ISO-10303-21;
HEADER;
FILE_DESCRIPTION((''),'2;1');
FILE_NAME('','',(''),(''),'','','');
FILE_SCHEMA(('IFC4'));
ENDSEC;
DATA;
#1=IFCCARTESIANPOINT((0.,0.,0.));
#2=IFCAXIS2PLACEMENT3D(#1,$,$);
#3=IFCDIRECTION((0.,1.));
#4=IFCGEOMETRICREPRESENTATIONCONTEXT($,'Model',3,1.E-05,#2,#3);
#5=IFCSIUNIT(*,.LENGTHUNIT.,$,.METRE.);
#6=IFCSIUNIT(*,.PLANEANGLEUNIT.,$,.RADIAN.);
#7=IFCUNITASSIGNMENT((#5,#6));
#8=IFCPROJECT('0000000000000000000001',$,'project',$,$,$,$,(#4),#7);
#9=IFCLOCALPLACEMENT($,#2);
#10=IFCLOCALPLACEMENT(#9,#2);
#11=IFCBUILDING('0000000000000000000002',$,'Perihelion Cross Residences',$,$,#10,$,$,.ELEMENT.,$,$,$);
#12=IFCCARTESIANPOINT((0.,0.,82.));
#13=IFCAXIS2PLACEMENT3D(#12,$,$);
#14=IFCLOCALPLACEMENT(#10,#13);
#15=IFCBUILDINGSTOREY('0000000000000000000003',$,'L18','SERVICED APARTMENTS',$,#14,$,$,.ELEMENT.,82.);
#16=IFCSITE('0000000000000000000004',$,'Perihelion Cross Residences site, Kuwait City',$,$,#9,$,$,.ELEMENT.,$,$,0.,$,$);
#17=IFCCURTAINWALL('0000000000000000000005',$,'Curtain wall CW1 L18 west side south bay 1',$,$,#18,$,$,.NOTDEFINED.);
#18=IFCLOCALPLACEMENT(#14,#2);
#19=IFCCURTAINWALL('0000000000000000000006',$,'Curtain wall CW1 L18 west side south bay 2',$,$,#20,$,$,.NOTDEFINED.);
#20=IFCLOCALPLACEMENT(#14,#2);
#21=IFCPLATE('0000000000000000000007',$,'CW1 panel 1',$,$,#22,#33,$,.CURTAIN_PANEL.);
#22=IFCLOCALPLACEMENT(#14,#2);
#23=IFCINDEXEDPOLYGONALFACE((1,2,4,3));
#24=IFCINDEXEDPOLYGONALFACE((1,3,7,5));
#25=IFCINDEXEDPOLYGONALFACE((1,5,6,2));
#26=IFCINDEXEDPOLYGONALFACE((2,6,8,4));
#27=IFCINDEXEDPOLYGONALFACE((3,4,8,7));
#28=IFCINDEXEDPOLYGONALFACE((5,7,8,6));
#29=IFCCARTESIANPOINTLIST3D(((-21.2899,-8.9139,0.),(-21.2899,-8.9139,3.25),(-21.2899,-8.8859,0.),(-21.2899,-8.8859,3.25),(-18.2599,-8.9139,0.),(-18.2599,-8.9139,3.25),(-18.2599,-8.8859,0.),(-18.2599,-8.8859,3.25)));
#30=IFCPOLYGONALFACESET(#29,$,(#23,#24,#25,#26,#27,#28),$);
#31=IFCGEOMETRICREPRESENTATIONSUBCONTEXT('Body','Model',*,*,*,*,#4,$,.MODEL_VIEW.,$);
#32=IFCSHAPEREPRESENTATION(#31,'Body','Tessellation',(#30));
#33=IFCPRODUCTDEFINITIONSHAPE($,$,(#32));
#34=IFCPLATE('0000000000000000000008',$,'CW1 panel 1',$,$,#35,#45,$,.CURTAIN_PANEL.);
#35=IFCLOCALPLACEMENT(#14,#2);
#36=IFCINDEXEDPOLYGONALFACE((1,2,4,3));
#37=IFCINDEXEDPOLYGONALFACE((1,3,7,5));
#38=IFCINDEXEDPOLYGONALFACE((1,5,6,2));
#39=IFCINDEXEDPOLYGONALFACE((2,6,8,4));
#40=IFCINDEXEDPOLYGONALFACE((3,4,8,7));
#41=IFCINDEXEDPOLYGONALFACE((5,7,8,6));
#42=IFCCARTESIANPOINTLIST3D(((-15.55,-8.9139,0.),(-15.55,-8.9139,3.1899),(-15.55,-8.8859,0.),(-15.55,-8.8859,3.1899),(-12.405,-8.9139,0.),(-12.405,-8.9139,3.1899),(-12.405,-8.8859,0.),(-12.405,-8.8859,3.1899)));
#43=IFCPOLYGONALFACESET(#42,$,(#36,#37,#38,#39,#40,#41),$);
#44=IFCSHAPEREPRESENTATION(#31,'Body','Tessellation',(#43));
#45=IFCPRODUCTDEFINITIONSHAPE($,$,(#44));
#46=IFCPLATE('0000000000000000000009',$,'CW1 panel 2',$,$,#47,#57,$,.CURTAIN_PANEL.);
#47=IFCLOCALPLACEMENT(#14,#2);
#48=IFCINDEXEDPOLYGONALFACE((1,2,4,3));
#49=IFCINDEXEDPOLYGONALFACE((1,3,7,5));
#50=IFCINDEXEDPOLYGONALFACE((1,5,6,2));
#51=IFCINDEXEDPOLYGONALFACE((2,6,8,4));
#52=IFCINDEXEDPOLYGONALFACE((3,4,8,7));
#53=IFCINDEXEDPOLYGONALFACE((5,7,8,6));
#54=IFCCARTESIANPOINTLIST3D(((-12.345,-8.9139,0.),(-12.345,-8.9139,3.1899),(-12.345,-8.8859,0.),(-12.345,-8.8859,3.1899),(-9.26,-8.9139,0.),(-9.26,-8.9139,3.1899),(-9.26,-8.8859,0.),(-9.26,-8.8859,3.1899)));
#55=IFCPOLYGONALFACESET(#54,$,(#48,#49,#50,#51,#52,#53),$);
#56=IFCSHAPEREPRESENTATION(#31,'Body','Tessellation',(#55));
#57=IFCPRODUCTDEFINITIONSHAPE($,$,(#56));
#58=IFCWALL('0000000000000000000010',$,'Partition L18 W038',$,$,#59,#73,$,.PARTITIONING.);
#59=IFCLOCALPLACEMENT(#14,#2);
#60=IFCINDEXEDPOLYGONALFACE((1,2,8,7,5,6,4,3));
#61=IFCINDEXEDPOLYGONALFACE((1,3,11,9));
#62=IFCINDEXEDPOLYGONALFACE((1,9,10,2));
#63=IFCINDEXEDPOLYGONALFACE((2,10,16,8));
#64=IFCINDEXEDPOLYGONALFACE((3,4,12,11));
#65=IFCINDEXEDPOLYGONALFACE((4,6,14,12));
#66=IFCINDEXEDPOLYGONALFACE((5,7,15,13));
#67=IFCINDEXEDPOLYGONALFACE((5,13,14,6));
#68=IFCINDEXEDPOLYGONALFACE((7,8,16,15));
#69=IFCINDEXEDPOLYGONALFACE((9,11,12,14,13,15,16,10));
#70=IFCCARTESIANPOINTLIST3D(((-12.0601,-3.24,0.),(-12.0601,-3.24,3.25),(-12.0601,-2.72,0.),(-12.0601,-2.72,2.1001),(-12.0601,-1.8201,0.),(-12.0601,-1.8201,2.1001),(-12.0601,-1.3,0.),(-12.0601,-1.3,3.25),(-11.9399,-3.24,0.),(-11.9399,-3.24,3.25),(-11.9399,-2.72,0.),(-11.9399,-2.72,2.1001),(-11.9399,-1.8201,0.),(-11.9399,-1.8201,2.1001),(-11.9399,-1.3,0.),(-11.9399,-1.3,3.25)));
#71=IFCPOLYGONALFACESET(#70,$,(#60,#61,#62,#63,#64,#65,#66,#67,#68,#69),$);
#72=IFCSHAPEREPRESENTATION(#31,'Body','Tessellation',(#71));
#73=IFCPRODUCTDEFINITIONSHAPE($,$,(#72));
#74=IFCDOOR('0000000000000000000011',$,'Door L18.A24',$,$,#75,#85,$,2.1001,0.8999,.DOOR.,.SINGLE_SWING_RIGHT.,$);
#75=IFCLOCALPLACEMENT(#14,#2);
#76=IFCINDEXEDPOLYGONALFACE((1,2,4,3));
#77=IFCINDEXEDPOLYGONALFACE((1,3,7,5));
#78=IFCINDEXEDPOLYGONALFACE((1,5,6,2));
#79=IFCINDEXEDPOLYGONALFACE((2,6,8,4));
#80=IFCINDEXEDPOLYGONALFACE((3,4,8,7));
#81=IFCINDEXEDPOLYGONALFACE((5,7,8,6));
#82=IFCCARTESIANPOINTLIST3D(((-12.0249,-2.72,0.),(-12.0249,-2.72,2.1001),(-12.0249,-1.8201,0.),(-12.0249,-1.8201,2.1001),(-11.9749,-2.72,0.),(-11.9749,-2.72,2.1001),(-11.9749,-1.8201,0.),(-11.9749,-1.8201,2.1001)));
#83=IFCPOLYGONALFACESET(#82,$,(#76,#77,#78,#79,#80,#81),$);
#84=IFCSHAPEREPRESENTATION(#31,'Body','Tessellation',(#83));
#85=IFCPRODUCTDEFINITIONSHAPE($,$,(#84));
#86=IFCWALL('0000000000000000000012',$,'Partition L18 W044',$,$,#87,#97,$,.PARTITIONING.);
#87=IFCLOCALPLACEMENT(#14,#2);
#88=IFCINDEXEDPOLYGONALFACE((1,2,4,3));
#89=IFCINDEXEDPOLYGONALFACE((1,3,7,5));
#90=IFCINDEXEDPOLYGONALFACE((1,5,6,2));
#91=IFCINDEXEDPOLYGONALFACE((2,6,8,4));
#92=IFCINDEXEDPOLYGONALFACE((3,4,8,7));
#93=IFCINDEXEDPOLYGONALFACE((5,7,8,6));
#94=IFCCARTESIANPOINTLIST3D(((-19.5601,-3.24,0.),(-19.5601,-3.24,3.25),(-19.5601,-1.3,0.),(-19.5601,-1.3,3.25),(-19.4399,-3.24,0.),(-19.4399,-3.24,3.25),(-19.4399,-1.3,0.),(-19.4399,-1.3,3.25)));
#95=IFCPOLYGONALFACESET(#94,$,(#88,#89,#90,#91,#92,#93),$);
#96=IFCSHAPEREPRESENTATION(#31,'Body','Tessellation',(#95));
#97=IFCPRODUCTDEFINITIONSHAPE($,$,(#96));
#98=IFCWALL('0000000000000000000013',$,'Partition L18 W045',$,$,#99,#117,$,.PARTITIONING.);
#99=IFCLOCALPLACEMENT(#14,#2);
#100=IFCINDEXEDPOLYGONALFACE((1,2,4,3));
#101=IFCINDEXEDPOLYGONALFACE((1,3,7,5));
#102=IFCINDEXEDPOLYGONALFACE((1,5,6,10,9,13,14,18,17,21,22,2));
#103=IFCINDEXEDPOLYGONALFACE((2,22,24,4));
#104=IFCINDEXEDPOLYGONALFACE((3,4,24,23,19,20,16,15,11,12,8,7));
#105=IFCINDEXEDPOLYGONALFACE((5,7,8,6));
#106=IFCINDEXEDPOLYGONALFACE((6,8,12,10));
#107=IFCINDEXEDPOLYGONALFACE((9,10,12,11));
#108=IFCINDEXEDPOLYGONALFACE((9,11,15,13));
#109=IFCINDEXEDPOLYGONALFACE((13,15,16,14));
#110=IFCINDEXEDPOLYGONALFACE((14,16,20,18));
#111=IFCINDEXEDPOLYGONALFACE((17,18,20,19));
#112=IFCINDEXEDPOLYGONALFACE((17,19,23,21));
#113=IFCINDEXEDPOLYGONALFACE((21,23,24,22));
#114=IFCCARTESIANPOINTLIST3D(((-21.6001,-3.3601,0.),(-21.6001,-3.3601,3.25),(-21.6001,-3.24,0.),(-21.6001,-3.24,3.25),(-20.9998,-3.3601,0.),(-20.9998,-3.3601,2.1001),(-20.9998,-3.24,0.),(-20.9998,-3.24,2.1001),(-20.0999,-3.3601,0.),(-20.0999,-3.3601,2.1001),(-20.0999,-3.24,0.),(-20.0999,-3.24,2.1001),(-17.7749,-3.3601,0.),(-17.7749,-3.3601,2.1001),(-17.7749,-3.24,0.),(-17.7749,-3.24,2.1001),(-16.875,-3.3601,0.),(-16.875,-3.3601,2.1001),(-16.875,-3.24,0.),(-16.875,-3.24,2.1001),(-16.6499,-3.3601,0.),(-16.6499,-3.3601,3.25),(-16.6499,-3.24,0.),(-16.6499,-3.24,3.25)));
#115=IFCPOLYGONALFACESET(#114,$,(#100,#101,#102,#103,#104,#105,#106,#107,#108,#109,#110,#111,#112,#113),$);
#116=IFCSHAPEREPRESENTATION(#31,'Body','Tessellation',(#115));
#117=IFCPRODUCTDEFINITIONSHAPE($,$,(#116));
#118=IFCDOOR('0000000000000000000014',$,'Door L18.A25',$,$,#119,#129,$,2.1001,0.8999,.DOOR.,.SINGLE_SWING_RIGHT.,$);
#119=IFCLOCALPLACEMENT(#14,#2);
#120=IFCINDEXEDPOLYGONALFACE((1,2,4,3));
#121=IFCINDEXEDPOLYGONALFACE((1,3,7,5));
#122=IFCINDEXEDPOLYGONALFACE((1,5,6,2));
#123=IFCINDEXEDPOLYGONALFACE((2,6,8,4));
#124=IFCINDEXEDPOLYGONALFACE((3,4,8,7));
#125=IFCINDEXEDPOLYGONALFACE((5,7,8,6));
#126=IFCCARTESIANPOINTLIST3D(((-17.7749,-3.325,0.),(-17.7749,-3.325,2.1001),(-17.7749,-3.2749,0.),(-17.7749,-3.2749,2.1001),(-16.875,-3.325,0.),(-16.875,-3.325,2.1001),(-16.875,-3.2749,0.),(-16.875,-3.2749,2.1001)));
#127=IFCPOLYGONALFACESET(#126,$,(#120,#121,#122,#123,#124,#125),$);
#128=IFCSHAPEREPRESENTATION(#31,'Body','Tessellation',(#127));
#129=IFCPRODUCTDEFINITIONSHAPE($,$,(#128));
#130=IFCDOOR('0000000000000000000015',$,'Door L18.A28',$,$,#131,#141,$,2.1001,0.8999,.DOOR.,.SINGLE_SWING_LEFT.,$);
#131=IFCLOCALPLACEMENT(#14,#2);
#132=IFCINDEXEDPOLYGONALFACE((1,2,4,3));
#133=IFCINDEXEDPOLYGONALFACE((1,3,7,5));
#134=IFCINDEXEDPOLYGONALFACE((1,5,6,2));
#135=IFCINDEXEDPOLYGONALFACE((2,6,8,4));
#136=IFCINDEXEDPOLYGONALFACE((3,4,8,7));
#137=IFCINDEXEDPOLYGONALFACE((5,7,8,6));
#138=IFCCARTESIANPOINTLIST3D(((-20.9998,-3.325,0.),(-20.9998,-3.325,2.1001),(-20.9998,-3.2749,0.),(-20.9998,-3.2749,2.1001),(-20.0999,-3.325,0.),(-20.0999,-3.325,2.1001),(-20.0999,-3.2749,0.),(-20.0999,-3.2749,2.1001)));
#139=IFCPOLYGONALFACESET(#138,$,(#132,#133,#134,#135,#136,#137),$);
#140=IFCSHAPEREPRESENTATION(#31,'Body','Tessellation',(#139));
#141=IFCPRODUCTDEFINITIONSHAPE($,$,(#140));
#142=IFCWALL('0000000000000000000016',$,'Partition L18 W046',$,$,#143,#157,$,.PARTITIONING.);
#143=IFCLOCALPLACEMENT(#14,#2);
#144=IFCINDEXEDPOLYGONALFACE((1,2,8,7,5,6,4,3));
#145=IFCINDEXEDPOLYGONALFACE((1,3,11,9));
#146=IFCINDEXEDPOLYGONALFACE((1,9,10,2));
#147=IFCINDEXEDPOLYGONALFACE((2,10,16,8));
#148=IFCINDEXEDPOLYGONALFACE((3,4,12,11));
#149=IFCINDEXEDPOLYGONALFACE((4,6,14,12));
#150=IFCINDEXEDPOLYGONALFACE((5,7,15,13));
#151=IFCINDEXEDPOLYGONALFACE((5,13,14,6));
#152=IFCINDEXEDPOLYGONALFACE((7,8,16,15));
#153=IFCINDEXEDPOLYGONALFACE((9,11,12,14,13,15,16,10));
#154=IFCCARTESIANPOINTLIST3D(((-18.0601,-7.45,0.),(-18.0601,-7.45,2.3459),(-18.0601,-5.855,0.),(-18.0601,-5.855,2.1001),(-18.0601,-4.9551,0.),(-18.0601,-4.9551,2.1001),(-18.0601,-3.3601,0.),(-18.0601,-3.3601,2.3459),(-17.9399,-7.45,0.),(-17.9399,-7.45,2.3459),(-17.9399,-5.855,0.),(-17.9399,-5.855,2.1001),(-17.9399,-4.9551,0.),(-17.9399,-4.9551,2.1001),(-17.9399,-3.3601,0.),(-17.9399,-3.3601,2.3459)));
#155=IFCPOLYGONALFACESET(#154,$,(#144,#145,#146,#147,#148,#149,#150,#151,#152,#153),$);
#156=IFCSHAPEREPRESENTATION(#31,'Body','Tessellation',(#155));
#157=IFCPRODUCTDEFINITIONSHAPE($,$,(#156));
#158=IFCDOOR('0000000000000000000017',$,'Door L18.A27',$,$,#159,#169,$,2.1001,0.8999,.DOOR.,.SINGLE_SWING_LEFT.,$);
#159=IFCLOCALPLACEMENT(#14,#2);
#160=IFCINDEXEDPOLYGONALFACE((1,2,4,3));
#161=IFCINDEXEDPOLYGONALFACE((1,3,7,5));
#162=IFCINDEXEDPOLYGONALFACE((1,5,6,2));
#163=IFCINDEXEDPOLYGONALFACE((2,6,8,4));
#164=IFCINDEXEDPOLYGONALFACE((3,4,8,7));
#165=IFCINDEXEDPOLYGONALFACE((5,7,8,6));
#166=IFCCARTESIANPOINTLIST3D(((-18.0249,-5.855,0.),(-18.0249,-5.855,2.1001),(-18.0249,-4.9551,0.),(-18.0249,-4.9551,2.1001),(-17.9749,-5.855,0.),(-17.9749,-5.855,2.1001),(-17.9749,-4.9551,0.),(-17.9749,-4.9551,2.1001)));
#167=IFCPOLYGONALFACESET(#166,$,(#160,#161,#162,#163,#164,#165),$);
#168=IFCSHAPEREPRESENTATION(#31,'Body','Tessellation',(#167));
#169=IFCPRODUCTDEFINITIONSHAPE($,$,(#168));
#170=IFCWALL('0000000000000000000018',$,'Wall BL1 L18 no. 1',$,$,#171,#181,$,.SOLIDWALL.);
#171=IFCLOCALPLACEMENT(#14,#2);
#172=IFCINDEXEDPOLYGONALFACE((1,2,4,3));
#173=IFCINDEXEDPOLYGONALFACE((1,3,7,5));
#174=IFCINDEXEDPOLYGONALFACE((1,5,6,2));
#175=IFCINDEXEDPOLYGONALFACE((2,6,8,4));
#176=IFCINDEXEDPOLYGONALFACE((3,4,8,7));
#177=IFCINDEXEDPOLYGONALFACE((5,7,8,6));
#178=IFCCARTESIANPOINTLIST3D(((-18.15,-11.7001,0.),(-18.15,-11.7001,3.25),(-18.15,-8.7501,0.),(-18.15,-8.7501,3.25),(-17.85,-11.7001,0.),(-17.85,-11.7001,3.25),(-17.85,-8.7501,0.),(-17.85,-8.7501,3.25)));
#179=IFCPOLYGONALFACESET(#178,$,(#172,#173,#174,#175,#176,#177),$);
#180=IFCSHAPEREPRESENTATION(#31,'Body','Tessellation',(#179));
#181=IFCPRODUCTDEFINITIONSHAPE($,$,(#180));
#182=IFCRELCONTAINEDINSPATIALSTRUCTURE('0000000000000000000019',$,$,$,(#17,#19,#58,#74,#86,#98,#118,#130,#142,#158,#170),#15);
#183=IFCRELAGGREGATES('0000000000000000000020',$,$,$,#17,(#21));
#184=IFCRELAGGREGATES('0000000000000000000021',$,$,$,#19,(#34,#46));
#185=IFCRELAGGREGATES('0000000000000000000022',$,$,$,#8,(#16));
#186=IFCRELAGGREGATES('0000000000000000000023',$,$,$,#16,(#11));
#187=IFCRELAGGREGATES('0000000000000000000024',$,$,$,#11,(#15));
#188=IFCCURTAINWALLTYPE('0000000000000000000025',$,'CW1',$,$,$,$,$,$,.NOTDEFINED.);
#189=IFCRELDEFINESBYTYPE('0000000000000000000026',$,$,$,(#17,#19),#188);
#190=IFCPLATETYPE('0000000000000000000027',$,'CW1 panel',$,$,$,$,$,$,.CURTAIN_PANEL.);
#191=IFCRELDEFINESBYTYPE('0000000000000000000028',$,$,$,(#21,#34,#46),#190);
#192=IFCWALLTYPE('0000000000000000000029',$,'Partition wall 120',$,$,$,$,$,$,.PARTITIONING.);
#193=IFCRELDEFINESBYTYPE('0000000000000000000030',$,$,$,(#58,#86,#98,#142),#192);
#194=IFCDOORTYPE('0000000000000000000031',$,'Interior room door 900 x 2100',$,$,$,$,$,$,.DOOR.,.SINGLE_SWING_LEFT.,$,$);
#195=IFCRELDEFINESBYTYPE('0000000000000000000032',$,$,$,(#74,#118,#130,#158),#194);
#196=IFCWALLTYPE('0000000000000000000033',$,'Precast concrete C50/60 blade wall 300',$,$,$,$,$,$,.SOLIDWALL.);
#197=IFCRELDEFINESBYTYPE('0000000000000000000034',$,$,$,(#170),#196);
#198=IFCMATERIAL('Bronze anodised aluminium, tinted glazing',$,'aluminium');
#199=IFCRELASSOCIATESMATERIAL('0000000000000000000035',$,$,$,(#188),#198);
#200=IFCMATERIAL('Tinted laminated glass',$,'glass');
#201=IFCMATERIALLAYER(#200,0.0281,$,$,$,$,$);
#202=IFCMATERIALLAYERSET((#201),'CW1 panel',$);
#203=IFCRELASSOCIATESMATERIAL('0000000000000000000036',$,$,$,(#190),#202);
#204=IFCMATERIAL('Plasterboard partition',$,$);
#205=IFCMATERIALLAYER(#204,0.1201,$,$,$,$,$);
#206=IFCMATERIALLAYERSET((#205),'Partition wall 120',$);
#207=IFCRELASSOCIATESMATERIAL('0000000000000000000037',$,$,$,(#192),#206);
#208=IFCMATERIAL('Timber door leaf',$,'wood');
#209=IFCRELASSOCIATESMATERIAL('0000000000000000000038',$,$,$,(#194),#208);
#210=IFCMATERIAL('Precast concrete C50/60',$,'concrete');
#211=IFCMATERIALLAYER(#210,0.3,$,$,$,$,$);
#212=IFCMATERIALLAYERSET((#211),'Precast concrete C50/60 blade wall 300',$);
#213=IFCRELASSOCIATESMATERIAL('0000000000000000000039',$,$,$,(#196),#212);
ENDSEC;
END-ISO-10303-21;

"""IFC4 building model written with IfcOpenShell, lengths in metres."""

from ifc_helpers import new_model, si_unit, direction, frame, frame_2d, origin, origin_2d, place, context, subcontext, project, spatial, rectangle, extrude, material, layer, layer_set, type_object, element, fill, aggregate, save


model = new_model("IFC4")

# Units and contexts
model_context = context("Model", 3, precision=1e-05, world=origin(), true_north=direction((0.0, 1.0)))
body_context = subcontext(model_context, "Body", "Model", "MODEL_VIEW")
ifc_project = project(units=[si_unit("LENGTHUNIT", "METRE"), si_unit("PLANEANGLEUNIT", "RADIAN")], contexts=[model_context])

# Site, building, storey
site_placement = place(None, origin())
site = spatial("IfcSite", under=ifc_project, at=site_placement, Name="Perihelion Cross Residences site, Kuwait City", CompositionType="ELEMENT", RefElevation=0.0)
building_placement = place(site_placement, origin())
building = spatial("IfcBuilding", under=site, at=building_placement, Name="Perihelion Cross Residences", CompositionType="ELEMENT")
storey_placement = place(building_placement, frame((0.0, 0.0, 82.0)))
storey = spatial("IfcBuildingStorey", under=building, at=storey_placement, Name="L18", Description="SERVICED APARTMENTS", CompositionType="ELEMENT", Elevation=82.0)

# Curtain wall
ifc_material_1 = material(Name="Bronze anodised aluminium, tinted glazing", Category="aluminium")
curtain_wall_type = type_object("IfcCurtainWallType", Name="CW1", PredefinedType="NOTDEFINED", material=ifc_material_1)
curtain_wall_1_placement = place(storey_placement, origin())
curtain_wall_1 = element("IfcCurtainWall", 1, at=curtain_wall_1_placement, inside=storey, type_object=curtain_wall_type, Name="Curtain wall CW1 L18 west side south bay 1", PredefinedType="NOTDEFINED")

# Curtain wall
curtain_wall_2_placement = place(storey_placement, origin())
curtain_wall_2 = element("IfcCurtainWall", 2, at=curtain_wall_2_placement, inside=storey, type_object=curtain_wall_type, Name="Curtain wall CW1 L18 west side south bay 2", PredefinedType="NOTDEFINED")

# Plates
ifc_material_2 = material(Name="Tinted laminated glass", Category="glass")
ifc_layer_1 = layer(ifc_material_2, 0.0281)
ifc_layer_set_1 = layer_set([ifc_layer_1], Name="CW1 panel")
plate_type = type_object("IfcPlateType", Name="CW1 panel", PredefinedType="CURTAIN_PANEL", material=ifc_layer_set_1)
plate_1_placement = place(storey_placement, frame((-19.7749, -8.8999, 0.0), z_axis=(0.0, 0.0, 1.0), x_axis=(1.0, 0.0, 0.0)))
plate_1 = element("IfcPlate", 3, at=plate_1_placement, type_object=plate_type, Name="CW1 panel 1", PredefinedType="CURTAIN_PANEL", context=body_context, shape_type="SweptSolid", body=[
    extrude(rectangle(XDim=3.03, YDim=0.0281, at=origin_2d()), origin(), (0.0, 0.0, 1.0), 3.25),
])
aggregate(curtain_wall_1, [plate_1])
plate_2_placement = place(storey_placement, frame((-13.9775, -8.8999, 0.0), z_axis=(0.0, 0.0, 1.0), x_axis=(1.0, 0.0, 0.0)))
plate_2 = element("IfcPlate", 4, at=plate_2_placement, type_object=plate_type, Name="CW1 panel 1", PredefinedType="CURTAIN_PANEL", context=body_context, shape_type="SweptSolid", body=[
    extrude(rectangle(XDim=3.145, YDim=0.0281, at=origin_2d()), origin(), (0.0, 0.0, 1.0), 3.1899),
])
plate_3_placement = place(storey_placement, frame((-10.8025, -8.8999, 0.0), z_axis=(0.0, 0.0, 1.0), x_axis=(1.0, 0.0, 0.0)))
plate_3 = element("IfcPlate", 5, at=plate_3_placement, type_object=plate_type, Name="CW1 panel 2", PredefinedType="CURTAIN_PANEL", context=body_context, shape_type="SweptSolid", body=[
    extrude(rectangle(XDim=3.085, YDim=0.0281, at=origin_2d()), origin(), (0.0, 0.0, 1.0), 3.1899),
])
aggregate(curtain_wall_2, [plate_2, plate_3])

# Wall, opening, door
ifc_material_3 = material(Name="Plasterboard partition")
ifc_layer_2 = layer(ifc_material_3, 0.1201)
ifc_layer_set_2 = layer_set([ifc_layer_2], Name="Partition wall 120")
wall_type_1 = type_object("IfcWallType", Name="Partition wall 120", PredefinedType="PARTITIONING", material=ifc_layer_set_2)
wall_1_placement = place(storey_placement, frame((-12.0, -3.24, 0.0), z_axis=(0.0, 0.0, 1.0), x_axis=(0.0, 1.0, 0.0)))
wall_1 = element("IfcWall", 6, at=wall_1_placement, inside=storey, type_object=wall_type_1, Name="Partition L18 W038", PredefinedType="PARTITIONING", context=body_context, shape_type="SweptSolid", body=[
    extrude(rectangle(XDim=1.9399, YDim=0.1201, at=frame_2d((0.97, 0.0))), origin(), (0.0, 0.0, 1.0), 3.25),
])
opening_1_placement = place(wall_1_placement, frame((0.52, 0.0, 0.0)))
opening_1 = element("IfcOpeningElement", 7, at=opening_1_placement, cuts=wall_1, PredefinedType="OPENING", context=body_context, shape_type="SweptSolid", body=[
    extrude(rectangle(XDim=0.8999, YDim=2.1001, at=frame_2d((0.45, 1.05))), frame((0.0, 0.0701, 0.0), z_axis=(0.0, -1.0, 0.0), x_axis=(1.0, 0.0, 0.0)), (0.0, 0.0, 1.0), 0.1401),
])
ifc_material_4 = material(Name="Timber door leaf", Category="wood")
door_type_1 = type_object("IfcDoorType", Name="Interior room door 900 x 2100", OperationType="SINGLE_SWING_LEFT", PredefinedType="DOOR", material=ifc_material_4)
door_1_placement = place(opening_1_placement, origin())
door_1 = element("IfcDoor", 8, at=door_1_placement, inside=storey, type_object=door_type_1, Name="Door L18.A24", OperationType="SINGLE_SWING_RIGHT", OverallHeight=2.1001, OverallWidth=0.8999, PredefinedType="DOOR", context=body_context, shape_type="SweptSolid", body=[
    extrude(rectangle(XDim=0.8999, YDim=2.1001, at=frame_2d((0.45, 1.05))), frame((0.0, 0.0249, 0.0), z_axis=(0.0, -1.0, 0.0), x_axis=(1.0, 0.0, 0.0)), (0.0, 0.0, 1.0), 0.05),
])
fill(opening_1, door_1)

# Wall
wall_2_placement = place(storey_placement, frame((-19.5, -3.24, 0.0), z_axis=(0.0, 0.0, 1.0), x_axis=(0.0, 1.0, 0.0)))
element("IfcWall", 9, at=wall_2_placement, inside=storey, type_object=wall_type_1, Name="Partition L18 W044", PredefinedType="PARTITIONING", context=body_context, shape_type="SweptSolid", body=[
    extrude(rectangle(XDim=1.9399, YDim=0.1201, at=frame_2d((0.97, 0.0))), origin(), (0.0, 0.0, 1.0), 3.25),
])

# Wall, openings, doors
wall_3_placement = place(storey_placement, frame((-16.6499, -3.3, 0.0), z_axis=(0.0, 0.0, 1.0), x_axis=(-1.0, 0.0, 0.0)))
wall_3 = element("IfcWall", 10, at=wall_3_placement, inside=storey, type_object=wall_type_1, Name="Partition L18 W045", PredefinedType="PARTITIONING", context=body_context, shape_type="SweptSolid", body=[
    extrude(rectangle(XDim=4.9502, YDim=0.1201, at=frame_2d((2.4751, 0.0))), origin(), (0.0, 0.0, 1.0), 3.25),
])
opening_2_placement = place(wall_3_placement, frame((0.2251, 0.0, 0.0)))
opening_2 = element("IfcOpeningElement", 11, at=opening_2_placement, cuts=wall_3, PredefinedType="OPENING", context=body_context, shape_type="SweptSolid", body=[
    extrude(rectangle(XDim=0.8999, YDim=2.1001, at=frame_2d((0.45, 1.05))), frame((0.0, 0.0701, 0.0), z_axis=(0.0, -1.0, 0.0), x_axis=(1.0, 0.0, 0.0)), (0.0, 0.0, 1.0), 0.1401),
])
opening_3_placement = place(wall_3_placement, frame((3.45, 0.0, 0.0)))
opening_3 = element("IfcOpeningElement", 12, at=opening_3_placement, cuts=wall_3, PredefinedType="OPENING", context=body_context, shape_type="SweptSolid", body=[
    extrude(rectangle(XDim=0.8999, YDim=2.1001, at=frame_2d((0.45, 1.05))), frame((0.0, 0.0701, 0.0), z_axis=(0.0, -1.0, 0.0), x_axis=(1.0, 0.0, 0.0)), (0.0, 0.0, 1.0), 0.1401),
])
door_2_placement = place(opening_2_placement, origin())
door_2 = element("IfcDoor", 13, at=door_2_placement, inside=storey, type_object=door_type_1, Name="Door L18.A25", OperationType="SINGLE_SWING_RIGHT", OverallHeight=2.1001, OverallWidth=0.8999, PredefinedType="DOOR", context=body_context, shape_type="SweptSolid", body=[
    extrude(rectangle(XDim=0.8999, YDim=2.1001, at=frame_2d((0.45, 1.05))), frame((0.0, 0.0249, 0.0), z_axis=(0.0, -1.0, 0.0), x_axis=(1.0, 0.0, 0.0)), (0.0, 0.0, 1.0), 0.05),
])
fill(opening_2, door_2)
door_3_placement = place(opening_3_placement, origin())
door_3 = element("IfcDoor", 14, at=door_3_placement, inside=storey, type_object=door_type_1, Name="Door L18.A28", OperationType="SINGLE_SWING_LEFT", OverallHeight=2.1001, OverallWidth=0.8999, PredefinedType="DOOR", context=body_context, shape_type="SweptSolid", body=[
    extrude(rectangle(XDim=0.8999, YDim=2.1001, at=frame_2d((0.45, 1.05))), frame((0.0, 0.0249, 0.0), z_axis=(0.0, -1.0, 0.0), x_axis=(1.0, 0.0, 0.0)), (0.0, 0.0, 1.0), 0.05),
])
fill(opening_3, door_3)

# Wall, opening, door
wall_4_placement = place(storey_placement, frame((-18.0, -7.45, 0.0), z_axis=(0.0, 0.0, 1.0), x_axis=(0.0, 1.0, 0.0)))
wall_4 = element("IfcWall", 15, at=wall_4_placement, inside=storey, type_object=wall_type_1, Name="Partition L18 W046", PredefinedType="PARTITIONING", context=body_context, shape_type="SweptSolid", body=[
    extrude(rectangle(XDim=4.0898, YDim=0.1201, at=frame_2d((2.0449, 0.0))), origin(), (0.0, 0.0, 1.0), 2.3459),
])
opening_4_placement = place(wall_4_placement, frame((1.595, 0.0, 0.0)))
opening_4 = element("IfcOpeningElement", 16, at=opening_4_placement, cuts=wall_4, PredefinedType="OPENING", context=body_context, shape_type="SweptSolid", body=[
    extrude(rectangle(XDim=0.8999, YDim=2.1001, at=frame_2d((0.45, 1.05))), frame((0.0, 0.0701, 0.0), z_axis=(0.0, -1.0, 0.0), x_axis=(1.0, 0.0, 0.0)), (0.0, 0.0, 1.0), 0.1401),
])
door_4_placement = place(opening_4_placement, origin())
door_4 = element("IfcDoor", 17, at=door_4_placement, inside=storey, type_object=door_type_1, Name="Door L18.A27", OperationType="SINGLE_SWING_LEFT", OverallHeight=2.1001, OverallWidth=0.8999, PredefinedType="DOOR", context=body_context, shape_type="SweptSolid", body=[
    extrude(rectangle(XDim=0.8999, YDim=2.1001, at=frame_2d((0.45, 1.05))), frame((0.0, 0.0249, 0.0), z_axis=(0.0, -1.0, 0.0), x_axis=(1.0, 0.0, 0.0)), (0.0, 0.0, 1.0), 0.05),
])
fill(opening_4, door_4)

# Wall
ifc_material_5 = material(Name="Precast concrete C50/60", Category="concrete")
ifc_layer_3 = layer(ifc_material_5, 0.3)
ifc_layer_set_3 = layer_set([ifc_layer_3], Name="Precast concrete C50/60 blade wall 300")
wall_type_2 = type_object("IfcWallType", Name="Precast concrete C50/60 blade wall 300", PredefinedType="SOLIDWALL", material=ifc_layer_set_3)
wall_5_placement = place(storey_placement, frame((-18.0, -8.75, 0.0), z_axis=(0.0, 0.0, 1.0), x_axis=(0.0, -1.0, 0.0)))
element("IfcWall", 18, at=wall_5_placement, inside=storey, type_object=wall_type_2, Name="Wall BL1 L18 no. 1", PredefinedType="SOLIDWALL", context=body_context, shape_type="SweptSolid", body=[
    extrude(rectangle(XDim=2.95, YDim=0.3, at=frame_2d((1.4751, 0.0))), origin(), (0.0, 0.0, 1.0), 3.25),
])

save(model, "model.ifc")
